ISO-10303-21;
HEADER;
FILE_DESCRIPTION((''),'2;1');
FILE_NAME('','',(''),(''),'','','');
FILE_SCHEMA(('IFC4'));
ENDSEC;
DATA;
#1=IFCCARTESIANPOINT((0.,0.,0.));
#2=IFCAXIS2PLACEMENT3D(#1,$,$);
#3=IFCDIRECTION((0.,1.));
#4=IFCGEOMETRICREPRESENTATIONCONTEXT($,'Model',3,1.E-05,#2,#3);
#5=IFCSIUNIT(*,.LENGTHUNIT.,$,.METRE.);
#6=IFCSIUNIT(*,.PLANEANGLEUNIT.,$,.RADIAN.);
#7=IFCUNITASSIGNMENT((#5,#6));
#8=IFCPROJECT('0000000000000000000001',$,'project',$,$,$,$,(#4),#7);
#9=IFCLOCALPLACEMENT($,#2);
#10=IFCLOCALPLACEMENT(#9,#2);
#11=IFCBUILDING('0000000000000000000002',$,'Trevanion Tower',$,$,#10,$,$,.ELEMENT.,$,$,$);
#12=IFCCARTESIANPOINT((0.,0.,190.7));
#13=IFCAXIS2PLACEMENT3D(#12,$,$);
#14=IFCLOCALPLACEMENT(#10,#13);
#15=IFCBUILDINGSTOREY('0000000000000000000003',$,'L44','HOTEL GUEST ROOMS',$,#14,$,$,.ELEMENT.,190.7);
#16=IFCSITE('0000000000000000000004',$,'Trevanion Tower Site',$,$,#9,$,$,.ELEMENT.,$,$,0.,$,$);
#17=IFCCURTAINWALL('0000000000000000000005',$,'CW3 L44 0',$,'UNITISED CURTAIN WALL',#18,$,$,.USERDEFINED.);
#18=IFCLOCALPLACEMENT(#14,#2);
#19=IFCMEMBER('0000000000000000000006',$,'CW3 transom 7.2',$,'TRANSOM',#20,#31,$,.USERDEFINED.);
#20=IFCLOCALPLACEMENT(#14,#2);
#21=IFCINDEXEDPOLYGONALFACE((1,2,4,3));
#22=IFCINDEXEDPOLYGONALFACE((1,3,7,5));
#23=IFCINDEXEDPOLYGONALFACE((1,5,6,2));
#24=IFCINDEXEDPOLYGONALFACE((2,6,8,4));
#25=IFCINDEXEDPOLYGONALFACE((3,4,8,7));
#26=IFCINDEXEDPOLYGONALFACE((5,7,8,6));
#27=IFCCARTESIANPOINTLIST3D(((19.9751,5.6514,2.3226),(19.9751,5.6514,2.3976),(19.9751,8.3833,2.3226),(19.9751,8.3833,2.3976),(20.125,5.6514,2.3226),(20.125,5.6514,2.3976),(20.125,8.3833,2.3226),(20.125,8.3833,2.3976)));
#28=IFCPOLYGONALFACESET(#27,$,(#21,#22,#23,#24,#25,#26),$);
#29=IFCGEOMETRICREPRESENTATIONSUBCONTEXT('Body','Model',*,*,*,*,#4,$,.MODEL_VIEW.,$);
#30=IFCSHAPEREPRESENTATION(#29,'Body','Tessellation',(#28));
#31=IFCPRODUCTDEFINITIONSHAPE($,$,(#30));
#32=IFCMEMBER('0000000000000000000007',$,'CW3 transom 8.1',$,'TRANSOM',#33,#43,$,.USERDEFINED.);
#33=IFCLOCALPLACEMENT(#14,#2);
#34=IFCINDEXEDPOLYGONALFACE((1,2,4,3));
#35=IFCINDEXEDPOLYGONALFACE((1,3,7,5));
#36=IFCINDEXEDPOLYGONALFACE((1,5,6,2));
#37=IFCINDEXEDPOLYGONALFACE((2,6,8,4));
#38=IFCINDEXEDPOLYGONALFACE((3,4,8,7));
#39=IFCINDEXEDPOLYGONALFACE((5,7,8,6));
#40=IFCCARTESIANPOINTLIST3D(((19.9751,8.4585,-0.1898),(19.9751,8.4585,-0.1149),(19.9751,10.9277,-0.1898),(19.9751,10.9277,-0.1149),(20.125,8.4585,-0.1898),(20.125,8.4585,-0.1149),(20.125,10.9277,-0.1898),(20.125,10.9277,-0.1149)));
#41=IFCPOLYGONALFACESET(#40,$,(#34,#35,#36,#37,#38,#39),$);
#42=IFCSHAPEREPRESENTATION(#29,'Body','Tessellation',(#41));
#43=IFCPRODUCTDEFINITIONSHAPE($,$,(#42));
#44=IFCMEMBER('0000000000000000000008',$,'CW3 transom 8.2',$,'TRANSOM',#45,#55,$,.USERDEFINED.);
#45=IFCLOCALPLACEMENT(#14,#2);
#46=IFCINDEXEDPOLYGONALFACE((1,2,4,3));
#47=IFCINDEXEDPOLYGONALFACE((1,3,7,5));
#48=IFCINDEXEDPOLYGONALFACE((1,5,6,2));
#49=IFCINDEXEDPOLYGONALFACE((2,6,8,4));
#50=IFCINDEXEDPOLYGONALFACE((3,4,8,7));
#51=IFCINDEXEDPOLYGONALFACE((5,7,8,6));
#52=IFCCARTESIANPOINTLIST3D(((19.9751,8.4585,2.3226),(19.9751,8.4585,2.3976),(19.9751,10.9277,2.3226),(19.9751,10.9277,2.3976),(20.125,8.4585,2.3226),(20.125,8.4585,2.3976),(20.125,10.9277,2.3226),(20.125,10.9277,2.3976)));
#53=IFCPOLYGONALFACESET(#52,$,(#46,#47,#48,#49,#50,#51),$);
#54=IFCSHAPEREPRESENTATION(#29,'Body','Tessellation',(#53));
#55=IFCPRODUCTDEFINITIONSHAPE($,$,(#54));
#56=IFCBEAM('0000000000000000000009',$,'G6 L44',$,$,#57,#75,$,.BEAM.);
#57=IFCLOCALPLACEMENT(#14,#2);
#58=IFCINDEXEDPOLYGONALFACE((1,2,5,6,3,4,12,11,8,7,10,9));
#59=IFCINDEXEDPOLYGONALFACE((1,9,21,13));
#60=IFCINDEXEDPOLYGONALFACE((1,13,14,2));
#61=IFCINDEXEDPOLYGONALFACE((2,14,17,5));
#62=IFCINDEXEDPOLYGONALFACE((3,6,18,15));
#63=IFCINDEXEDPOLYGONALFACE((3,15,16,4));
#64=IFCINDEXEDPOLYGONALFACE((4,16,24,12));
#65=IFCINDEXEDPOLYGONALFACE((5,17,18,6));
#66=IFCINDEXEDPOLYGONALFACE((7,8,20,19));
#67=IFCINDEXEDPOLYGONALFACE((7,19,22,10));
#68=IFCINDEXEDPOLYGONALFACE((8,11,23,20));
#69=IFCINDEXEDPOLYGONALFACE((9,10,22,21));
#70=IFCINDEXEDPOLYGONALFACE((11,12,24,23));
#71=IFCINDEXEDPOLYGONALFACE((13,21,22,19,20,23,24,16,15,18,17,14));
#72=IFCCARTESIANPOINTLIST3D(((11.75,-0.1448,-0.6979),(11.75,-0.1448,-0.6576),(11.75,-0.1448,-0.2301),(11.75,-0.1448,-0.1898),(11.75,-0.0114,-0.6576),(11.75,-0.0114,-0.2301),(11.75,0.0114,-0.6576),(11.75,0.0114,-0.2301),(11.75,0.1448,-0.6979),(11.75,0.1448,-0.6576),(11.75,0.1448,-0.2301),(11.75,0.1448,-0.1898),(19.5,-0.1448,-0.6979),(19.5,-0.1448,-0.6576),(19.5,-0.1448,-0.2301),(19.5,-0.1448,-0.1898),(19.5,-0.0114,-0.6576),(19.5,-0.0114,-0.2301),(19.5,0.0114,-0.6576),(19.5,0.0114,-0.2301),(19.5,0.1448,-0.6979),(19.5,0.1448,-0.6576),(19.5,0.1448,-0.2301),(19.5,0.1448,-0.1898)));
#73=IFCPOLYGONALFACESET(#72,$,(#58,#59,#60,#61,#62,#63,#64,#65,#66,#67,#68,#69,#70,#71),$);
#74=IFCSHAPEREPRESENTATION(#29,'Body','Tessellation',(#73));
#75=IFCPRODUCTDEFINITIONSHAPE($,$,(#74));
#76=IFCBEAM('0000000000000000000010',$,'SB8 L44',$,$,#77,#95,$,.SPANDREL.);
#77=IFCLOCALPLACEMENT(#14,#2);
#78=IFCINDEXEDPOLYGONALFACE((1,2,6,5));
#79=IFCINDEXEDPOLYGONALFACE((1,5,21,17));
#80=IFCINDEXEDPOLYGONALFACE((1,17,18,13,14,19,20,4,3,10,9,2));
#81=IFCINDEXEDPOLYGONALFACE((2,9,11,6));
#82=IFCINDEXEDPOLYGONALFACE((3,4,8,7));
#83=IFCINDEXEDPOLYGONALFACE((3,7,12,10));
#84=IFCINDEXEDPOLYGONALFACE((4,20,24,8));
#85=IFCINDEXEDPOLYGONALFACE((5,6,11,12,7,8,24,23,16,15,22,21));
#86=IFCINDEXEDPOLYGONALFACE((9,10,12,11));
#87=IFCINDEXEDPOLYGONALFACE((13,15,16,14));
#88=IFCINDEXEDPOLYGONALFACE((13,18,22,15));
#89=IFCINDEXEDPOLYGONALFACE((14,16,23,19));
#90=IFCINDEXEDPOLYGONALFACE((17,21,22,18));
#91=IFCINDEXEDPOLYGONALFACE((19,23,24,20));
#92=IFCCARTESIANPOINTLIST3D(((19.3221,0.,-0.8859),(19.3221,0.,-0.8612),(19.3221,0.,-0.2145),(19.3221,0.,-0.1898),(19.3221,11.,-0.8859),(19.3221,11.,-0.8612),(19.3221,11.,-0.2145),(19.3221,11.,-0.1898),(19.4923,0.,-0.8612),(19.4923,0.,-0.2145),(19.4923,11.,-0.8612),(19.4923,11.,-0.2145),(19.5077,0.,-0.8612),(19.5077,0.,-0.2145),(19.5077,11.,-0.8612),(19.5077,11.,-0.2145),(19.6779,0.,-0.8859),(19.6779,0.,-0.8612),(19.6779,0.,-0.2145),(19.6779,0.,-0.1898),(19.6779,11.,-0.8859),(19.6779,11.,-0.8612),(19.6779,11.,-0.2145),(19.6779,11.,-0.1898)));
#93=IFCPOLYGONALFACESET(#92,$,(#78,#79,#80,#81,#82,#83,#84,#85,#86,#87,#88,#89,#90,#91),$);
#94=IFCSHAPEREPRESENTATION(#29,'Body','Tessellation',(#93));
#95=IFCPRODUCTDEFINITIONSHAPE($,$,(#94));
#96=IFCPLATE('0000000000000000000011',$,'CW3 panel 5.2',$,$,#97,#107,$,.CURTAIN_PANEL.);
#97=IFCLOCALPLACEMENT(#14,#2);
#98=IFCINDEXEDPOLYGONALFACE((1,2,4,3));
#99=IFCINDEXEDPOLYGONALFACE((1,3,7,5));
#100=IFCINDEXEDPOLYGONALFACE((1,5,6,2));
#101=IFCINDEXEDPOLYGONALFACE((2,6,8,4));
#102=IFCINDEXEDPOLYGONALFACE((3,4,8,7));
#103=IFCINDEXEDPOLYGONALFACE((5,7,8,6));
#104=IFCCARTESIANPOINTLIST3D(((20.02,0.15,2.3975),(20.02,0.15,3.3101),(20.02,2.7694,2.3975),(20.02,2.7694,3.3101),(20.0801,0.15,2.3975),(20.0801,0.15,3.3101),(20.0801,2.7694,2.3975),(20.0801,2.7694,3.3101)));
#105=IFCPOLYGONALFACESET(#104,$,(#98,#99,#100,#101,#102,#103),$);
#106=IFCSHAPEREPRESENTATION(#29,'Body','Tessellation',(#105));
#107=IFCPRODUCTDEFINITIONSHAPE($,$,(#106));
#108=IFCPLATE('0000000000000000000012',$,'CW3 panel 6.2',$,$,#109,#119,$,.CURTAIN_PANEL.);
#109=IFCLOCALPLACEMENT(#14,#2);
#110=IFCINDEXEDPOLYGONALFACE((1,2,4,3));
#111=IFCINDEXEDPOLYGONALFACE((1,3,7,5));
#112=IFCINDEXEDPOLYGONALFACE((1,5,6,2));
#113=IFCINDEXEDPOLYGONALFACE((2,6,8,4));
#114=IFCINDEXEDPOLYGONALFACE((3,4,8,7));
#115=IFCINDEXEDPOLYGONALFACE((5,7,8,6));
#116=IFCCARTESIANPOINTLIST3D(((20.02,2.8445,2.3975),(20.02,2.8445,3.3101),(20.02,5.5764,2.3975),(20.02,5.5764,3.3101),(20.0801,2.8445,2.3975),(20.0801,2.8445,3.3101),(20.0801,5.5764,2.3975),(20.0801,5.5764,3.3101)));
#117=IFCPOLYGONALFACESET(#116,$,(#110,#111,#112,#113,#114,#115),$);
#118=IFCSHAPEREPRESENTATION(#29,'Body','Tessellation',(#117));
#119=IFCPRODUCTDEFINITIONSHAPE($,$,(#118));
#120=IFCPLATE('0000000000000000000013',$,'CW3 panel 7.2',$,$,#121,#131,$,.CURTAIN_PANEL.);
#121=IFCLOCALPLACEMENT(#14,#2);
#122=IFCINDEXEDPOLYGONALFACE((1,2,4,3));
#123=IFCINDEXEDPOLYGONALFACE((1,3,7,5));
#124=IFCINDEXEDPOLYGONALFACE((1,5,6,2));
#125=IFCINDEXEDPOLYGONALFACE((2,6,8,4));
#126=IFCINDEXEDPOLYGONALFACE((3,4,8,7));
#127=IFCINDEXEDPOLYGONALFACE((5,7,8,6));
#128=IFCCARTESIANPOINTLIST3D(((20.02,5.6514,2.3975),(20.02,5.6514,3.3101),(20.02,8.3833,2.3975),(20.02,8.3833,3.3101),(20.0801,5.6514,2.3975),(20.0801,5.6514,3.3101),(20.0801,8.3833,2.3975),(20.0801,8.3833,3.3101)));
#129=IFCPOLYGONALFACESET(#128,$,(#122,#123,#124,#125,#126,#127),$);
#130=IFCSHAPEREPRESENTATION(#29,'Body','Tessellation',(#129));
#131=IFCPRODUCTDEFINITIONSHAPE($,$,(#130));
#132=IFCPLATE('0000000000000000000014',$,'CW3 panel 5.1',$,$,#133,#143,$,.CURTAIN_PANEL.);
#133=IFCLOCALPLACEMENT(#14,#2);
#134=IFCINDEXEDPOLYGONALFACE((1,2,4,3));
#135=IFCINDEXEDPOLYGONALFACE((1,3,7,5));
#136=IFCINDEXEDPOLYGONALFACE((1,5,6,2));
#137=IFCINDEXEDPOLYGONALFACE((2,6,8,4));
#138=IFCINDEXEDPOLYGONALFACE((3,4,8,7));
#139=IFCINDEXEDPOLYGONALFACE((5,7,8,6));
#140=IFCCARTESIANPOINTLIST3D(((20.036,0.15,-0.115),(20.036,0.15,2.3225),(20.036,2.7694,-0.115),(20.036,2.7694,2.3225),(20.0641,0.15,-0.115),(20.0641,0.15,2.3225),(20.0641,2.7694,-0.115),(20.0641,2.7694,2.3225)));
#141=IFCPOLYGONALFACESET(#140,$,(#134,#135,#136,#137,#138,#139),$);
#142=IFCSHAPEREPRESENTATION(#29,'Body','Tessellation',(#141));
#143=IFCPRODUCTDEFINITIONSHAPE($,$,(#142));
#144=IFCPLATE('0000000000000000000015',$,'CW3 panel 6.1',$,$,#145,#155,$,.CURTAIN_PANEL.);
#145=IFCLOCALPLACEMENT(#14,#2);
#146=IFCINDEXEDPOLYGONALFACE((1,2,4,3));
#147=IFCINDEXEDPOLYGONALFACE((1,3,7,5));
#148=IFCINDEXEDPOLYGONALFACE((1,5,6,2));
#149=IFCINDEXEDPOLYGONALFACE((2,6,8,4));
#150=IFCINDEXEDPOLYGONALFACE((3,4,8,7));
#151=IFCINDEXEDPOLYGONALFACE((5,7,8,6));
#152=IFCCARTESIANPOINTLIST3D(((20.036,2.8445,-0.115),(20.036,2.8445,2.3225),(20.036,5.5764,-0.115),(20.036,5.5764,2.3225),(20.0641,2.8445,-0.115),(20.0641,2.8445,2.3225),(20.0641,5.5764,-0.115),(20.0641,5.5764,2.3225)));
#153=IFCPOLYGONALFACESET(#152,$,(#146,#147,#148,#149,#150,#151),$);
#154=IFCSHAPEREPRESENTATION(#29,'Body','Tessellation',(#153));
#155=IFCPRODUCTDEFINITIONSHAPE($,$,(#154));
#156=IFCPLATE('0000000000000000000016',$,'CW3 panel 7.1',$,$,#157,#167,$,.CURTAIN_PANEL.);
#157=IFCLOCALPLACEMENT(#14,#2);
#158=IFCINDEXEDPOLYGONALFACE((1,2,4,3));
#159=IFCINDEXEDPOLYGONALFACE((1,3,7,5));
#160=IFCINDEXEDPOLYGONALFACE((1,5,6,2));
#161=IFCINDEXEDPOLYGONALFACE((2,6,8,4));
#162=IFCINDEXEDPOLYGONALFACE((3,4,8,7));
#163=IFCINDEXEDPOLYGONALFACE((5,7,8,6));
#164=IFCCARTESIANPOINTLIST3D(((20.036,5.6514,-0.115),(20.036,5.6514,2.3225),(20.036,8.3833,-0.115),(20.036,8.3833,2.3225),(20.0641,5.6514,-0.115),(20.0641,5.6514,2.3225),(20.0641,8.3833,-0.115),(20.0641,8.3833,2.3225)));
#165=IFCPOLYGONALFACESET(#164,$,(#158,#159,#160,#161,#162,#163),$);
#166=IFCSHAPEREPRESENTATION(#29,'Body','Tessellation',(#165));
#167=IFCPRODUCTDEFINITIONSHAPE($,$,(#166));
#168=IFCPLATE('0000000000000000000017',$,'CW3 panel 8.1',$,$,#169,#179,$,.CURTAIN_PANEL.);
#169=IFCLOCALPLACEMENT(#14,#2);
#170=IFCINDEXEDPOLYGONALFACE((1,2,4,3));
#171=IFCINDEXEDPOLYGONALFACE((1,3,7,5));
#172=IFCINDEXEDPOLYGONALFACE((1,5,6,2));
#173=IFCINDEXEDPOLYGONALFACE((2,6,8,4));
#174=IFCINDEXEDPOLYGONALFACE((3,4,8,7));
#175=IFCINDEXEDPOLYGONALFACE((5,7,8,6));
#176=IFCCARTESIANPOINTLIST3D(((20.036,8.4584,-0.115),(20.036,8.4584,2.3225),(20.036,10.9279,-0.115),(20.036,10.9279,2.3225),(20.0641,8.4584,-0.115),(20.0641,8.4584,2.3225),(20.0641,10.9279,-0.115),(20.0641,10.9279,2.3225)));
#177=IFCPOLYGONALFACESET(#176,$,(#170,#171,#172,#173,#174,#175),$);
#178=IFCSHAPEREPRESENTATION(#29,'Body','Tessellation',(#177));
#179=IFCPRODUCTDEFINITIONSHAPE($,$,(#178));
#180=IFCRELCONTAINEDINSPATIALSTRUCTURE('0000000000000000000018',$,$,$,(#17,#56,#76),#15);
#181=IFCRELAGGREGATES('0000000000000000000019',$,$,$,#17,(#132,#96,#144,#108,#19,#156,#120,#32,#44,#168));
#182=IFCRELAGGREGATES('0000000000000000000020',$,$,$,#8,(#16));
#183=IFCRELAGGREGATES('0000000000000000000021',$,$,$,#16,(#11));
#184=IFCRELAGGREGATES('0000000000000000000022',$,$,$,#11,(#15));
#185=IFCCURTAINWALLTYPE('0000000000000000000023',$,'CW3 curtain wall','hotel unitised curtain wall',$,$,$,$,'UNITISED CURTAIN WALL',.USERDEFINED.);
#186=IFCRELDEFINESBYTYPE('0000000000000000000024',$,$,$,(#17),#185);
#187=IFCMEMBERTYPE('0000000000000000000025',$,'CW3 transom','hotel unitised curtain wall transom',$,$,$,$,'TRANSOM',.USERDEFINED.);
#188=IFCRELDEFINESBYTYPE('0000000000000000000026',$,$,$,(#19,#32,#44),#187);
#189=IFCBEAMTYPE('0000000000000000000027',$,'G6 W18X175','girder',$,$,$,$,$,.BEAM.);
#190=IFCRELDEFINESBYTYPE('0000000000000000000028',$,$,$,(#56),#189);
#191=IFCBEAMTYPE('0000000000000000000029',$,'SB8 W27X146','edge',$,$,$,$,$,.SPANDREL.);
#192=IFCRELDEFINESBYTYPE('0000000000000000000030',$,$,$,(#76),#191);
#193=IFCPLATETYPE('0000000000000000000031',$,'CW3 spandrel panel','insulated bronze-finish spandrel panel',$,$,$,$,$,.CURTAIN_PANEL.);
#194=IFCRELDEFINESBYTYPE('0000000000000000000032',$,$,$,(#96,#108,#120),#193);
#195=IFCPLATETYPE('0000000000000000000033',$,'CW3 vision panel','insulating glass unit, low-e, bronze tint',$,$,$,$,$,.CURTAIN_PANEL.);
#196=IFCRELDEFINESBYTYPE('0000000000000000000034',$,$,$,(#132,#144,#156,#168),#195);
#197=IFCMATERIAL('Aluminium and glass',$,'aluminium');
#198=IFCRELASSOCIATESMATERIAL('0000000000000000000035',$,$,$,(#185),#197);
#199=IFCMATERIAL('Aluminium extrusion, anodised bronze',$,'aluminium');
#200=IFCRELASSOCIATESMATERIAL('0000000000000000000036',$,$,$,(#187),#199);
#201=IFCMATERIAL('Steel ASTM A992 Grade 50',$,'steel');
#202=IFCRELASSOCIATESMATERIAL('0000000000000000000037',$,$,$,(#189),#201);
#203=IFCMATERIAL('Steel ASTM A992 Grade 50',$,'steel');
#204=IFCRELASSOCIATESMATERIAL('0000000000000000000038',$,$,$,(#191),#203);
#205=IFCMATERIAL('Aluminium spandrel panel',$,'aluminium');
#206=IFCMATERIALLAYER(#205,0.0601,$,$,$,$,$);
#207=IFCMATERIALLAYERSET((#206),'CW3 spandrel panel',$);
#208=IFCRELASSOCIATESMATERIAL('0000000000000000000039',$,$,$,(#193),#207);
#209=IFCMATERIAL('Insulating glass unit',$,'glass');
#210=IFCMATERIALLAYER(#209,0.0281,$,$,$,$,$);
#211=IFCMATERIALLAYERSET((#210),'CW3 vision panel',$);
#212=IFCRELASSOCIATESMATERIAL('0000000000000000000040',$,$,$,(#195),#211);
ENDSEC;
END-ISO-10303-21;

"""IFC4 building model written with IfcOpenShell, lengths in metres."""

from ifc_helpers import new_model, si_unit, direction, frame, origin, origin_2d, place, context, subcontext, project, spatial, rectangle, i_section, extrude, material, layer, layer_set, material_profile, profile_set, type_object, element, aggregate, save


model = new_model("IFC4")

# Units and contexts
model_context = context("Model", 3, precision=1e-05, world=origin(), true_north=direction((0.0, 1.0)))
body_context = subcontext(model_context, "Body", "Model", "MODEL_VIEW")
ifc_project = project(units=[si_unit("LENGTHUNIT", "METRE"), si_unit("PLANEANGLEUNIT", "RADIAN")], contexts=[model_context])

# Site, building, storey
site_placement = place(None, origin())
site = spatial("IfcSite", under=ifc_project, at=site_placement, Name="Trevanion Tower Site", CompositionType="ELEMENT", RefElevation=0.0)
building_placement = place(site_placement, origin())
building = spatial("IfcBuilding", under=site, at=building_placement, Name="Trevanion Tower", CompositionType="ELEMENT")
storey_placement = place(building_placement, frame((0.0, 0.0, 190.7)))
storey = spatial("IfcBuildingStorey", under=building, at=storey_placement, Name="L44", Description="HOTEL GUEST ROOMS", CompositionType="ELEMENT", Elevation=190.7)

# Curtain wall, members
ifc_material_1 = material(Name="Aluminium and glass", Category="aluminium")
curtain_wall_type = type_object("IfcCurtainWallType", Name="CW3 curtain wall", Description="hotel unitised curtain wall", ElementType="UNITISED CURTAIN WALL", PredefinedType="USERDEFINED", material=ifc_material_1)
curtain_wall_placement = place(storey_placement, origin())
curtain_wall = element("IfcCurtainWall", 1, at=curtain_wall_placement, inside=storey, type_object=curtain_wall_type, Name="CW3 L44 0", ObjectType="UNITISED CURTAIN WALL", PredefinedType="USERDEFINED")
ifc_material_2 = material(Name="Aluminium extrusion, anodised bronze", Category="aluminium")
ifc_material_profile_1 = material_profile(ifc_material_2, rectangle(XDim=0.1499, YDim=0.075, at=origin_2d()), Name="CW3 transom")
ifc_profile_set_1 = profile_set([ifc_material_profile_1], Name="Aluminium extrusion, anodised bronze")
member_type_1 = type_object("IfcMemberType", Name="CW3 transom", Description="hotel unitised curtain wall transom", ElementType="TRANSOM", PredefinedType="USERDEFINED", material=ifc_profile_set_1)
member_1_placement = place(storey_placement, frame((20.05, 5.6514, 2.3601), z_axis=(0.0, 1.0, 0.0), x_axis=(-1.0, 0.0, 0.0)))
member_1 = element("IfcMember", 2, at=member_1_placement, type_object=member_type_1, Name="CW3 transom 7.2", ObjectType="TRANSOM", PredefinedType="USERDEFINED", context=body_context, shape_type="SweptSolid", body=[
    extrude(rectangle(XDim=0.1499, YDim=0.075, at=origin_2d()), origin(), (0.0, 0.0, 1.0), 2.7319),
])
member_2_placement = place(storey_placement, frame((20.05, 8.4585, -0.1523), z_axis=(0.0, 1.0, 0.0), x_axis=(-1.0, 0.0, 0.0)))
member_2 = element("IfcMember", 3, at=member_2_placement, type_object=member_type_1, Name="CW3 transom 8.1", ObjectType="TRANSOM", PredefinedType="USERDEFINED", context=body_context, shape_type="SweptSolid", body=[
    extrude(rectangle(XDim=0.1499, YDim=0.075, at=origin_2d()), origin(), (0.0, 0.0, 1.0), 2.4692),
])
member_3_placement = place(storey_placement, frame((20.05, 8.4585, 2.3601), z_axis=(0.0, 1.0, 0.0), x_axis=(-1.0, 0.0, 0.0)))
member_3 = element("IfcMember", 4, at=member_3_placement, type_object=member_type_1, Name="CW3 transom 8.2", ObjectType="TRANSOM", PredefinedType="USERDEFINED", context=body_context, shape_type="SweptSolid", body=[
    extrude(rectangle(XDim=0.1499, YDim=0.075, at=origin_2d()), origin(), (0.0, 0.0, 1.0), 2.4692),
])

# Beams
ifc_material_3 = material(Name="Steel ASTM A992 Grade 50", Category="steel")
ifc_material_profile_2 = material_profile(ifc_material_3, i_section(OverallWidth=0.2896, OverallDepth=0.5081, WebThickness=0.0227, FlangeThickness=0.0403, at=origin_2d()), Name="W18X175")
ifc_profile_set_2 = profile_set([ifc_material_profile_2], Name="Steel ASTM A992 Grade 50")
beam_type_1 = type_object("IfcBeamType", Name="G6 W18X175", Description="girder", PredefinedType="BEAM", material=ifc_profile_set_2)
beam_1_placement = place(storey_placement, frame((11.75, 0.0, -0.4438), z_axis=(1.0, 0.0, 0.0), x_axis=(0.0, 1.0, 0.0)))
element("IfcBeam", 5, at=beam_1_placement, inside=storey, type_object=beam_type_1, Name="G6 L44", PredefinedType="BEAM", context=body_context, shape_type="SweptSolid", body=[
    extrude(i_section(OverallWidth=0.2896, OverallDepth=0.5081, WebThickness=0.0227, FlangeThickness=0.0403, at=origin_2d()), origin(), (0.0, 0.0, 1.0), 7.75),
])
ifc_material_4 = material(Name="Steel ASTM A992 Grade 50", Category="steel")
ifc_material_profile_3 = material_profile(ifc_material_4, i_section(OverallWidth=0.3557, OverallDepth=0.696, WebThickness=0.0154, FlangeThickness=0.0247, at=origin_2d()), Name="W27X146")
ifc_profile_set_3 = profile_set([ifc_material_profile_3], Name="Steel ASTM A992 Grade 50")
beam_type_2 = type_object("IfcBeamType", Name="SB8 W27X146", Description="edge", PredefinedType="SPANDREL", material=ifc_profile_set_3)
beam_2_placement = place(storey_placement, frame((19.5, 0.0, -0.5378), z_axis=(0.0, 1.0, 0.0), x_axis=(-1.0, 0.0, 0.0)))
element("IfcBeam", 6, at=beam_2_placement, inside=storey, type_object=beam_type_2, Name="SB8 L44", PredefinedType="SPANDREL", context=body_context, shape_type="SweptSolid", body=[
    extrude(i_section(OverallWidth=0.3557, OverallDepth=0.696, WebThickness=0.0154, FlangeThickness=0.0247, at=origin_2d()), origin(), (0.0, 0.0, 1.0), 11.0),
])

# Plates
ifc_material_5 = material(Name="Aluminium spandrel panel", Category="aluminium")
ifc_layer_1 = layer(ifc_material_5, 0.0601)
ifc_layer_set_1 = layer_set([ifc_layer_1], Name="CW3 spandrel panel")
plate_type_1 = type_object("IfcPlateType", Name="CW3 spandrel panel", Description="insulated bronze-finish spandrel panel", PredefinedType="CURTAIN_PANEL", material=ifc_layer_set_1)
plate_1_placement = place(storey_placement, frame((20.05, 1.4597, 2.3975), z_axis=(0.0, 0.0, 1.0), x_axis=(0.0, 1.0, 0.0)))
plate_1 = element("IfcPlate", 7, at=plate_1_placement, type_object=plate_type_1, Name="CW3 panel 5.2", PredefinedType="CURTAIN_PANEL", context=body_context, shape_type="SweptSolid", body=[
    extrude(rectangle(XDim=2.6194, YDim=0.0601, at=origin_2d()), origin(), (0.0, 0.0, 1.0), 0.9126),
])
plate_2_placement = place(storey_placement, frame((20.05, 4.2104, 2.3975), z_axis=(0.0, 0.0, 1.0), x_axis=(0.0, 1.0, 0.0)))
plate_2 = element("IfcPlate", 8, at=plate_2_placement, type_object=plate_type_1, Name="CW3 panel 6.2", PredefinedType="CURTAIN_PANEL", context=body_context, shape_type="SweptSolid", body=[
    extrude(rectangle(XDim=2.7319, YDim=0.0601, at=origin_2d()), origin(), (0.0, 0.0, 1.0), 0.9126),
])
plate_3_placement = place(storey_placement, frame((20.05, 7.0173, 2.3975), z_axis=(0.0, 0.0, 1.0), x_axis=(0.0, 1.0, 0.0)))
plate_3 = element("IfcPlate", 9, at=plate_3_placement, type_object=plate_type_1, Name="CW3 panel 7.2", PredefinedType="CURTAIN_PANEL", context=body_context, shape_type="SweptSolid", body=[
    extrude(rectangle(XDim=2.7319, YDim=0.0601, at=origin_2d()), origin(), (0.0, 0.0, 1.0), 0.9126),
])
ifc_material_6 = material(Name="Insulating glass unit", Category="glass")
ifc_layer_2 = layer(ifc_material_6, 0.0281)
ifc_layer_set_2 = layer_set([ifc_layer_2], Name="CW3 vision panel")
plate_type_2 = type_object("IfcPlateType", Name="CW3 vision panel", Description="insulating glass unit, low-e, bronze tint", PredefinedType="CURTAIN_PANEL", material=ifc_layer_set_2)
plate_4_placement = place(storey_placement, frame((20.05, 1.4597, -0.115), z_axis=(0.0, 0.0, 1.0), x_axis=(0.0, 1.0, 0.0)))
plate_4 = element("IfcPlate", 10, at=plate_4_placement, type_object=plate_type_2, Name="CW3 panel 5.1", PredefinedType="CURTAIN_PANEL", context=body_context, shape_type="SweptSolid", body=[
    extrude(rectangle(XDim=2.6194, YDim=0.0281, at=origin_2d()), origin(), (0.0, 0.0, 1.0), 2.4375),
])
plate_5_placement = place(storey_placement, frame((20.05, 4.2104, -0.115), z_axis=(0.0, 0.0, 1.0), x_axis=(0.0, 1.0, 0.0)))
plate_5 = element("IfcPlate", 11, at=plate_5_placement, type_object=plate_type_2, Name="CW3 panel 6.1", PredefinedType="CURTAIN_PANEL", context=body_context, shape_type="SweptSolid", body=[
    extrude(rectangle(XDim=2.7319, YDim=0.0281, at=origin_2d()), origin(), (0.0, 0.0, 1.0), 2.4375),
])
plate_6_placement = place(storey_placement, frame((20.05, 7.0173, -0.115), z_axis=(0.0, 0.0, 1.0), x_axis=(0.0, 1.0, 0.0)))
plate_6 = element("IfcPlate", 12, at=plate_6_placement, type_object=plate_type_2, Name="CW3 panel 7.1", PredefinedType="CURTAIN_PANEL", context=body_context, shape_type="SweptSolid", body=[
    extrude(rectangle(XDim=2.7319, YDim=0.0281, at=origin_2d()), origin(), (0.0, 0.0, 1.0), 2.4375),
])
plate_7_placement = place(storey_placement, frame((20.05, 9.6931, -0.115), z_axis=(0.0, 0.0, 1.0), x_axis=(0.0, 1.0, 0.0)))
plate_7 = element("IfcPlate", 13, at=plate_7_placement, type_object=plate_type_2, Name="CW3 panel 8.1", PredefinedType="CURTAIN_PANEL", context=body_context, shape_type="SweptSolid", body=[
    extrude(rectangle(XDim=2.4695, YDim=0.0281, at=origin_2d()), origin(), (0.0, 0.0, 1.0), 2.4375),
])
aggregate(curtain_wall, [plate_4, plate_1, plate_5, plate_2, member_1, plate_6, plate_3, member_2, member_3, plate_7])

save(model, "model.ifc")
